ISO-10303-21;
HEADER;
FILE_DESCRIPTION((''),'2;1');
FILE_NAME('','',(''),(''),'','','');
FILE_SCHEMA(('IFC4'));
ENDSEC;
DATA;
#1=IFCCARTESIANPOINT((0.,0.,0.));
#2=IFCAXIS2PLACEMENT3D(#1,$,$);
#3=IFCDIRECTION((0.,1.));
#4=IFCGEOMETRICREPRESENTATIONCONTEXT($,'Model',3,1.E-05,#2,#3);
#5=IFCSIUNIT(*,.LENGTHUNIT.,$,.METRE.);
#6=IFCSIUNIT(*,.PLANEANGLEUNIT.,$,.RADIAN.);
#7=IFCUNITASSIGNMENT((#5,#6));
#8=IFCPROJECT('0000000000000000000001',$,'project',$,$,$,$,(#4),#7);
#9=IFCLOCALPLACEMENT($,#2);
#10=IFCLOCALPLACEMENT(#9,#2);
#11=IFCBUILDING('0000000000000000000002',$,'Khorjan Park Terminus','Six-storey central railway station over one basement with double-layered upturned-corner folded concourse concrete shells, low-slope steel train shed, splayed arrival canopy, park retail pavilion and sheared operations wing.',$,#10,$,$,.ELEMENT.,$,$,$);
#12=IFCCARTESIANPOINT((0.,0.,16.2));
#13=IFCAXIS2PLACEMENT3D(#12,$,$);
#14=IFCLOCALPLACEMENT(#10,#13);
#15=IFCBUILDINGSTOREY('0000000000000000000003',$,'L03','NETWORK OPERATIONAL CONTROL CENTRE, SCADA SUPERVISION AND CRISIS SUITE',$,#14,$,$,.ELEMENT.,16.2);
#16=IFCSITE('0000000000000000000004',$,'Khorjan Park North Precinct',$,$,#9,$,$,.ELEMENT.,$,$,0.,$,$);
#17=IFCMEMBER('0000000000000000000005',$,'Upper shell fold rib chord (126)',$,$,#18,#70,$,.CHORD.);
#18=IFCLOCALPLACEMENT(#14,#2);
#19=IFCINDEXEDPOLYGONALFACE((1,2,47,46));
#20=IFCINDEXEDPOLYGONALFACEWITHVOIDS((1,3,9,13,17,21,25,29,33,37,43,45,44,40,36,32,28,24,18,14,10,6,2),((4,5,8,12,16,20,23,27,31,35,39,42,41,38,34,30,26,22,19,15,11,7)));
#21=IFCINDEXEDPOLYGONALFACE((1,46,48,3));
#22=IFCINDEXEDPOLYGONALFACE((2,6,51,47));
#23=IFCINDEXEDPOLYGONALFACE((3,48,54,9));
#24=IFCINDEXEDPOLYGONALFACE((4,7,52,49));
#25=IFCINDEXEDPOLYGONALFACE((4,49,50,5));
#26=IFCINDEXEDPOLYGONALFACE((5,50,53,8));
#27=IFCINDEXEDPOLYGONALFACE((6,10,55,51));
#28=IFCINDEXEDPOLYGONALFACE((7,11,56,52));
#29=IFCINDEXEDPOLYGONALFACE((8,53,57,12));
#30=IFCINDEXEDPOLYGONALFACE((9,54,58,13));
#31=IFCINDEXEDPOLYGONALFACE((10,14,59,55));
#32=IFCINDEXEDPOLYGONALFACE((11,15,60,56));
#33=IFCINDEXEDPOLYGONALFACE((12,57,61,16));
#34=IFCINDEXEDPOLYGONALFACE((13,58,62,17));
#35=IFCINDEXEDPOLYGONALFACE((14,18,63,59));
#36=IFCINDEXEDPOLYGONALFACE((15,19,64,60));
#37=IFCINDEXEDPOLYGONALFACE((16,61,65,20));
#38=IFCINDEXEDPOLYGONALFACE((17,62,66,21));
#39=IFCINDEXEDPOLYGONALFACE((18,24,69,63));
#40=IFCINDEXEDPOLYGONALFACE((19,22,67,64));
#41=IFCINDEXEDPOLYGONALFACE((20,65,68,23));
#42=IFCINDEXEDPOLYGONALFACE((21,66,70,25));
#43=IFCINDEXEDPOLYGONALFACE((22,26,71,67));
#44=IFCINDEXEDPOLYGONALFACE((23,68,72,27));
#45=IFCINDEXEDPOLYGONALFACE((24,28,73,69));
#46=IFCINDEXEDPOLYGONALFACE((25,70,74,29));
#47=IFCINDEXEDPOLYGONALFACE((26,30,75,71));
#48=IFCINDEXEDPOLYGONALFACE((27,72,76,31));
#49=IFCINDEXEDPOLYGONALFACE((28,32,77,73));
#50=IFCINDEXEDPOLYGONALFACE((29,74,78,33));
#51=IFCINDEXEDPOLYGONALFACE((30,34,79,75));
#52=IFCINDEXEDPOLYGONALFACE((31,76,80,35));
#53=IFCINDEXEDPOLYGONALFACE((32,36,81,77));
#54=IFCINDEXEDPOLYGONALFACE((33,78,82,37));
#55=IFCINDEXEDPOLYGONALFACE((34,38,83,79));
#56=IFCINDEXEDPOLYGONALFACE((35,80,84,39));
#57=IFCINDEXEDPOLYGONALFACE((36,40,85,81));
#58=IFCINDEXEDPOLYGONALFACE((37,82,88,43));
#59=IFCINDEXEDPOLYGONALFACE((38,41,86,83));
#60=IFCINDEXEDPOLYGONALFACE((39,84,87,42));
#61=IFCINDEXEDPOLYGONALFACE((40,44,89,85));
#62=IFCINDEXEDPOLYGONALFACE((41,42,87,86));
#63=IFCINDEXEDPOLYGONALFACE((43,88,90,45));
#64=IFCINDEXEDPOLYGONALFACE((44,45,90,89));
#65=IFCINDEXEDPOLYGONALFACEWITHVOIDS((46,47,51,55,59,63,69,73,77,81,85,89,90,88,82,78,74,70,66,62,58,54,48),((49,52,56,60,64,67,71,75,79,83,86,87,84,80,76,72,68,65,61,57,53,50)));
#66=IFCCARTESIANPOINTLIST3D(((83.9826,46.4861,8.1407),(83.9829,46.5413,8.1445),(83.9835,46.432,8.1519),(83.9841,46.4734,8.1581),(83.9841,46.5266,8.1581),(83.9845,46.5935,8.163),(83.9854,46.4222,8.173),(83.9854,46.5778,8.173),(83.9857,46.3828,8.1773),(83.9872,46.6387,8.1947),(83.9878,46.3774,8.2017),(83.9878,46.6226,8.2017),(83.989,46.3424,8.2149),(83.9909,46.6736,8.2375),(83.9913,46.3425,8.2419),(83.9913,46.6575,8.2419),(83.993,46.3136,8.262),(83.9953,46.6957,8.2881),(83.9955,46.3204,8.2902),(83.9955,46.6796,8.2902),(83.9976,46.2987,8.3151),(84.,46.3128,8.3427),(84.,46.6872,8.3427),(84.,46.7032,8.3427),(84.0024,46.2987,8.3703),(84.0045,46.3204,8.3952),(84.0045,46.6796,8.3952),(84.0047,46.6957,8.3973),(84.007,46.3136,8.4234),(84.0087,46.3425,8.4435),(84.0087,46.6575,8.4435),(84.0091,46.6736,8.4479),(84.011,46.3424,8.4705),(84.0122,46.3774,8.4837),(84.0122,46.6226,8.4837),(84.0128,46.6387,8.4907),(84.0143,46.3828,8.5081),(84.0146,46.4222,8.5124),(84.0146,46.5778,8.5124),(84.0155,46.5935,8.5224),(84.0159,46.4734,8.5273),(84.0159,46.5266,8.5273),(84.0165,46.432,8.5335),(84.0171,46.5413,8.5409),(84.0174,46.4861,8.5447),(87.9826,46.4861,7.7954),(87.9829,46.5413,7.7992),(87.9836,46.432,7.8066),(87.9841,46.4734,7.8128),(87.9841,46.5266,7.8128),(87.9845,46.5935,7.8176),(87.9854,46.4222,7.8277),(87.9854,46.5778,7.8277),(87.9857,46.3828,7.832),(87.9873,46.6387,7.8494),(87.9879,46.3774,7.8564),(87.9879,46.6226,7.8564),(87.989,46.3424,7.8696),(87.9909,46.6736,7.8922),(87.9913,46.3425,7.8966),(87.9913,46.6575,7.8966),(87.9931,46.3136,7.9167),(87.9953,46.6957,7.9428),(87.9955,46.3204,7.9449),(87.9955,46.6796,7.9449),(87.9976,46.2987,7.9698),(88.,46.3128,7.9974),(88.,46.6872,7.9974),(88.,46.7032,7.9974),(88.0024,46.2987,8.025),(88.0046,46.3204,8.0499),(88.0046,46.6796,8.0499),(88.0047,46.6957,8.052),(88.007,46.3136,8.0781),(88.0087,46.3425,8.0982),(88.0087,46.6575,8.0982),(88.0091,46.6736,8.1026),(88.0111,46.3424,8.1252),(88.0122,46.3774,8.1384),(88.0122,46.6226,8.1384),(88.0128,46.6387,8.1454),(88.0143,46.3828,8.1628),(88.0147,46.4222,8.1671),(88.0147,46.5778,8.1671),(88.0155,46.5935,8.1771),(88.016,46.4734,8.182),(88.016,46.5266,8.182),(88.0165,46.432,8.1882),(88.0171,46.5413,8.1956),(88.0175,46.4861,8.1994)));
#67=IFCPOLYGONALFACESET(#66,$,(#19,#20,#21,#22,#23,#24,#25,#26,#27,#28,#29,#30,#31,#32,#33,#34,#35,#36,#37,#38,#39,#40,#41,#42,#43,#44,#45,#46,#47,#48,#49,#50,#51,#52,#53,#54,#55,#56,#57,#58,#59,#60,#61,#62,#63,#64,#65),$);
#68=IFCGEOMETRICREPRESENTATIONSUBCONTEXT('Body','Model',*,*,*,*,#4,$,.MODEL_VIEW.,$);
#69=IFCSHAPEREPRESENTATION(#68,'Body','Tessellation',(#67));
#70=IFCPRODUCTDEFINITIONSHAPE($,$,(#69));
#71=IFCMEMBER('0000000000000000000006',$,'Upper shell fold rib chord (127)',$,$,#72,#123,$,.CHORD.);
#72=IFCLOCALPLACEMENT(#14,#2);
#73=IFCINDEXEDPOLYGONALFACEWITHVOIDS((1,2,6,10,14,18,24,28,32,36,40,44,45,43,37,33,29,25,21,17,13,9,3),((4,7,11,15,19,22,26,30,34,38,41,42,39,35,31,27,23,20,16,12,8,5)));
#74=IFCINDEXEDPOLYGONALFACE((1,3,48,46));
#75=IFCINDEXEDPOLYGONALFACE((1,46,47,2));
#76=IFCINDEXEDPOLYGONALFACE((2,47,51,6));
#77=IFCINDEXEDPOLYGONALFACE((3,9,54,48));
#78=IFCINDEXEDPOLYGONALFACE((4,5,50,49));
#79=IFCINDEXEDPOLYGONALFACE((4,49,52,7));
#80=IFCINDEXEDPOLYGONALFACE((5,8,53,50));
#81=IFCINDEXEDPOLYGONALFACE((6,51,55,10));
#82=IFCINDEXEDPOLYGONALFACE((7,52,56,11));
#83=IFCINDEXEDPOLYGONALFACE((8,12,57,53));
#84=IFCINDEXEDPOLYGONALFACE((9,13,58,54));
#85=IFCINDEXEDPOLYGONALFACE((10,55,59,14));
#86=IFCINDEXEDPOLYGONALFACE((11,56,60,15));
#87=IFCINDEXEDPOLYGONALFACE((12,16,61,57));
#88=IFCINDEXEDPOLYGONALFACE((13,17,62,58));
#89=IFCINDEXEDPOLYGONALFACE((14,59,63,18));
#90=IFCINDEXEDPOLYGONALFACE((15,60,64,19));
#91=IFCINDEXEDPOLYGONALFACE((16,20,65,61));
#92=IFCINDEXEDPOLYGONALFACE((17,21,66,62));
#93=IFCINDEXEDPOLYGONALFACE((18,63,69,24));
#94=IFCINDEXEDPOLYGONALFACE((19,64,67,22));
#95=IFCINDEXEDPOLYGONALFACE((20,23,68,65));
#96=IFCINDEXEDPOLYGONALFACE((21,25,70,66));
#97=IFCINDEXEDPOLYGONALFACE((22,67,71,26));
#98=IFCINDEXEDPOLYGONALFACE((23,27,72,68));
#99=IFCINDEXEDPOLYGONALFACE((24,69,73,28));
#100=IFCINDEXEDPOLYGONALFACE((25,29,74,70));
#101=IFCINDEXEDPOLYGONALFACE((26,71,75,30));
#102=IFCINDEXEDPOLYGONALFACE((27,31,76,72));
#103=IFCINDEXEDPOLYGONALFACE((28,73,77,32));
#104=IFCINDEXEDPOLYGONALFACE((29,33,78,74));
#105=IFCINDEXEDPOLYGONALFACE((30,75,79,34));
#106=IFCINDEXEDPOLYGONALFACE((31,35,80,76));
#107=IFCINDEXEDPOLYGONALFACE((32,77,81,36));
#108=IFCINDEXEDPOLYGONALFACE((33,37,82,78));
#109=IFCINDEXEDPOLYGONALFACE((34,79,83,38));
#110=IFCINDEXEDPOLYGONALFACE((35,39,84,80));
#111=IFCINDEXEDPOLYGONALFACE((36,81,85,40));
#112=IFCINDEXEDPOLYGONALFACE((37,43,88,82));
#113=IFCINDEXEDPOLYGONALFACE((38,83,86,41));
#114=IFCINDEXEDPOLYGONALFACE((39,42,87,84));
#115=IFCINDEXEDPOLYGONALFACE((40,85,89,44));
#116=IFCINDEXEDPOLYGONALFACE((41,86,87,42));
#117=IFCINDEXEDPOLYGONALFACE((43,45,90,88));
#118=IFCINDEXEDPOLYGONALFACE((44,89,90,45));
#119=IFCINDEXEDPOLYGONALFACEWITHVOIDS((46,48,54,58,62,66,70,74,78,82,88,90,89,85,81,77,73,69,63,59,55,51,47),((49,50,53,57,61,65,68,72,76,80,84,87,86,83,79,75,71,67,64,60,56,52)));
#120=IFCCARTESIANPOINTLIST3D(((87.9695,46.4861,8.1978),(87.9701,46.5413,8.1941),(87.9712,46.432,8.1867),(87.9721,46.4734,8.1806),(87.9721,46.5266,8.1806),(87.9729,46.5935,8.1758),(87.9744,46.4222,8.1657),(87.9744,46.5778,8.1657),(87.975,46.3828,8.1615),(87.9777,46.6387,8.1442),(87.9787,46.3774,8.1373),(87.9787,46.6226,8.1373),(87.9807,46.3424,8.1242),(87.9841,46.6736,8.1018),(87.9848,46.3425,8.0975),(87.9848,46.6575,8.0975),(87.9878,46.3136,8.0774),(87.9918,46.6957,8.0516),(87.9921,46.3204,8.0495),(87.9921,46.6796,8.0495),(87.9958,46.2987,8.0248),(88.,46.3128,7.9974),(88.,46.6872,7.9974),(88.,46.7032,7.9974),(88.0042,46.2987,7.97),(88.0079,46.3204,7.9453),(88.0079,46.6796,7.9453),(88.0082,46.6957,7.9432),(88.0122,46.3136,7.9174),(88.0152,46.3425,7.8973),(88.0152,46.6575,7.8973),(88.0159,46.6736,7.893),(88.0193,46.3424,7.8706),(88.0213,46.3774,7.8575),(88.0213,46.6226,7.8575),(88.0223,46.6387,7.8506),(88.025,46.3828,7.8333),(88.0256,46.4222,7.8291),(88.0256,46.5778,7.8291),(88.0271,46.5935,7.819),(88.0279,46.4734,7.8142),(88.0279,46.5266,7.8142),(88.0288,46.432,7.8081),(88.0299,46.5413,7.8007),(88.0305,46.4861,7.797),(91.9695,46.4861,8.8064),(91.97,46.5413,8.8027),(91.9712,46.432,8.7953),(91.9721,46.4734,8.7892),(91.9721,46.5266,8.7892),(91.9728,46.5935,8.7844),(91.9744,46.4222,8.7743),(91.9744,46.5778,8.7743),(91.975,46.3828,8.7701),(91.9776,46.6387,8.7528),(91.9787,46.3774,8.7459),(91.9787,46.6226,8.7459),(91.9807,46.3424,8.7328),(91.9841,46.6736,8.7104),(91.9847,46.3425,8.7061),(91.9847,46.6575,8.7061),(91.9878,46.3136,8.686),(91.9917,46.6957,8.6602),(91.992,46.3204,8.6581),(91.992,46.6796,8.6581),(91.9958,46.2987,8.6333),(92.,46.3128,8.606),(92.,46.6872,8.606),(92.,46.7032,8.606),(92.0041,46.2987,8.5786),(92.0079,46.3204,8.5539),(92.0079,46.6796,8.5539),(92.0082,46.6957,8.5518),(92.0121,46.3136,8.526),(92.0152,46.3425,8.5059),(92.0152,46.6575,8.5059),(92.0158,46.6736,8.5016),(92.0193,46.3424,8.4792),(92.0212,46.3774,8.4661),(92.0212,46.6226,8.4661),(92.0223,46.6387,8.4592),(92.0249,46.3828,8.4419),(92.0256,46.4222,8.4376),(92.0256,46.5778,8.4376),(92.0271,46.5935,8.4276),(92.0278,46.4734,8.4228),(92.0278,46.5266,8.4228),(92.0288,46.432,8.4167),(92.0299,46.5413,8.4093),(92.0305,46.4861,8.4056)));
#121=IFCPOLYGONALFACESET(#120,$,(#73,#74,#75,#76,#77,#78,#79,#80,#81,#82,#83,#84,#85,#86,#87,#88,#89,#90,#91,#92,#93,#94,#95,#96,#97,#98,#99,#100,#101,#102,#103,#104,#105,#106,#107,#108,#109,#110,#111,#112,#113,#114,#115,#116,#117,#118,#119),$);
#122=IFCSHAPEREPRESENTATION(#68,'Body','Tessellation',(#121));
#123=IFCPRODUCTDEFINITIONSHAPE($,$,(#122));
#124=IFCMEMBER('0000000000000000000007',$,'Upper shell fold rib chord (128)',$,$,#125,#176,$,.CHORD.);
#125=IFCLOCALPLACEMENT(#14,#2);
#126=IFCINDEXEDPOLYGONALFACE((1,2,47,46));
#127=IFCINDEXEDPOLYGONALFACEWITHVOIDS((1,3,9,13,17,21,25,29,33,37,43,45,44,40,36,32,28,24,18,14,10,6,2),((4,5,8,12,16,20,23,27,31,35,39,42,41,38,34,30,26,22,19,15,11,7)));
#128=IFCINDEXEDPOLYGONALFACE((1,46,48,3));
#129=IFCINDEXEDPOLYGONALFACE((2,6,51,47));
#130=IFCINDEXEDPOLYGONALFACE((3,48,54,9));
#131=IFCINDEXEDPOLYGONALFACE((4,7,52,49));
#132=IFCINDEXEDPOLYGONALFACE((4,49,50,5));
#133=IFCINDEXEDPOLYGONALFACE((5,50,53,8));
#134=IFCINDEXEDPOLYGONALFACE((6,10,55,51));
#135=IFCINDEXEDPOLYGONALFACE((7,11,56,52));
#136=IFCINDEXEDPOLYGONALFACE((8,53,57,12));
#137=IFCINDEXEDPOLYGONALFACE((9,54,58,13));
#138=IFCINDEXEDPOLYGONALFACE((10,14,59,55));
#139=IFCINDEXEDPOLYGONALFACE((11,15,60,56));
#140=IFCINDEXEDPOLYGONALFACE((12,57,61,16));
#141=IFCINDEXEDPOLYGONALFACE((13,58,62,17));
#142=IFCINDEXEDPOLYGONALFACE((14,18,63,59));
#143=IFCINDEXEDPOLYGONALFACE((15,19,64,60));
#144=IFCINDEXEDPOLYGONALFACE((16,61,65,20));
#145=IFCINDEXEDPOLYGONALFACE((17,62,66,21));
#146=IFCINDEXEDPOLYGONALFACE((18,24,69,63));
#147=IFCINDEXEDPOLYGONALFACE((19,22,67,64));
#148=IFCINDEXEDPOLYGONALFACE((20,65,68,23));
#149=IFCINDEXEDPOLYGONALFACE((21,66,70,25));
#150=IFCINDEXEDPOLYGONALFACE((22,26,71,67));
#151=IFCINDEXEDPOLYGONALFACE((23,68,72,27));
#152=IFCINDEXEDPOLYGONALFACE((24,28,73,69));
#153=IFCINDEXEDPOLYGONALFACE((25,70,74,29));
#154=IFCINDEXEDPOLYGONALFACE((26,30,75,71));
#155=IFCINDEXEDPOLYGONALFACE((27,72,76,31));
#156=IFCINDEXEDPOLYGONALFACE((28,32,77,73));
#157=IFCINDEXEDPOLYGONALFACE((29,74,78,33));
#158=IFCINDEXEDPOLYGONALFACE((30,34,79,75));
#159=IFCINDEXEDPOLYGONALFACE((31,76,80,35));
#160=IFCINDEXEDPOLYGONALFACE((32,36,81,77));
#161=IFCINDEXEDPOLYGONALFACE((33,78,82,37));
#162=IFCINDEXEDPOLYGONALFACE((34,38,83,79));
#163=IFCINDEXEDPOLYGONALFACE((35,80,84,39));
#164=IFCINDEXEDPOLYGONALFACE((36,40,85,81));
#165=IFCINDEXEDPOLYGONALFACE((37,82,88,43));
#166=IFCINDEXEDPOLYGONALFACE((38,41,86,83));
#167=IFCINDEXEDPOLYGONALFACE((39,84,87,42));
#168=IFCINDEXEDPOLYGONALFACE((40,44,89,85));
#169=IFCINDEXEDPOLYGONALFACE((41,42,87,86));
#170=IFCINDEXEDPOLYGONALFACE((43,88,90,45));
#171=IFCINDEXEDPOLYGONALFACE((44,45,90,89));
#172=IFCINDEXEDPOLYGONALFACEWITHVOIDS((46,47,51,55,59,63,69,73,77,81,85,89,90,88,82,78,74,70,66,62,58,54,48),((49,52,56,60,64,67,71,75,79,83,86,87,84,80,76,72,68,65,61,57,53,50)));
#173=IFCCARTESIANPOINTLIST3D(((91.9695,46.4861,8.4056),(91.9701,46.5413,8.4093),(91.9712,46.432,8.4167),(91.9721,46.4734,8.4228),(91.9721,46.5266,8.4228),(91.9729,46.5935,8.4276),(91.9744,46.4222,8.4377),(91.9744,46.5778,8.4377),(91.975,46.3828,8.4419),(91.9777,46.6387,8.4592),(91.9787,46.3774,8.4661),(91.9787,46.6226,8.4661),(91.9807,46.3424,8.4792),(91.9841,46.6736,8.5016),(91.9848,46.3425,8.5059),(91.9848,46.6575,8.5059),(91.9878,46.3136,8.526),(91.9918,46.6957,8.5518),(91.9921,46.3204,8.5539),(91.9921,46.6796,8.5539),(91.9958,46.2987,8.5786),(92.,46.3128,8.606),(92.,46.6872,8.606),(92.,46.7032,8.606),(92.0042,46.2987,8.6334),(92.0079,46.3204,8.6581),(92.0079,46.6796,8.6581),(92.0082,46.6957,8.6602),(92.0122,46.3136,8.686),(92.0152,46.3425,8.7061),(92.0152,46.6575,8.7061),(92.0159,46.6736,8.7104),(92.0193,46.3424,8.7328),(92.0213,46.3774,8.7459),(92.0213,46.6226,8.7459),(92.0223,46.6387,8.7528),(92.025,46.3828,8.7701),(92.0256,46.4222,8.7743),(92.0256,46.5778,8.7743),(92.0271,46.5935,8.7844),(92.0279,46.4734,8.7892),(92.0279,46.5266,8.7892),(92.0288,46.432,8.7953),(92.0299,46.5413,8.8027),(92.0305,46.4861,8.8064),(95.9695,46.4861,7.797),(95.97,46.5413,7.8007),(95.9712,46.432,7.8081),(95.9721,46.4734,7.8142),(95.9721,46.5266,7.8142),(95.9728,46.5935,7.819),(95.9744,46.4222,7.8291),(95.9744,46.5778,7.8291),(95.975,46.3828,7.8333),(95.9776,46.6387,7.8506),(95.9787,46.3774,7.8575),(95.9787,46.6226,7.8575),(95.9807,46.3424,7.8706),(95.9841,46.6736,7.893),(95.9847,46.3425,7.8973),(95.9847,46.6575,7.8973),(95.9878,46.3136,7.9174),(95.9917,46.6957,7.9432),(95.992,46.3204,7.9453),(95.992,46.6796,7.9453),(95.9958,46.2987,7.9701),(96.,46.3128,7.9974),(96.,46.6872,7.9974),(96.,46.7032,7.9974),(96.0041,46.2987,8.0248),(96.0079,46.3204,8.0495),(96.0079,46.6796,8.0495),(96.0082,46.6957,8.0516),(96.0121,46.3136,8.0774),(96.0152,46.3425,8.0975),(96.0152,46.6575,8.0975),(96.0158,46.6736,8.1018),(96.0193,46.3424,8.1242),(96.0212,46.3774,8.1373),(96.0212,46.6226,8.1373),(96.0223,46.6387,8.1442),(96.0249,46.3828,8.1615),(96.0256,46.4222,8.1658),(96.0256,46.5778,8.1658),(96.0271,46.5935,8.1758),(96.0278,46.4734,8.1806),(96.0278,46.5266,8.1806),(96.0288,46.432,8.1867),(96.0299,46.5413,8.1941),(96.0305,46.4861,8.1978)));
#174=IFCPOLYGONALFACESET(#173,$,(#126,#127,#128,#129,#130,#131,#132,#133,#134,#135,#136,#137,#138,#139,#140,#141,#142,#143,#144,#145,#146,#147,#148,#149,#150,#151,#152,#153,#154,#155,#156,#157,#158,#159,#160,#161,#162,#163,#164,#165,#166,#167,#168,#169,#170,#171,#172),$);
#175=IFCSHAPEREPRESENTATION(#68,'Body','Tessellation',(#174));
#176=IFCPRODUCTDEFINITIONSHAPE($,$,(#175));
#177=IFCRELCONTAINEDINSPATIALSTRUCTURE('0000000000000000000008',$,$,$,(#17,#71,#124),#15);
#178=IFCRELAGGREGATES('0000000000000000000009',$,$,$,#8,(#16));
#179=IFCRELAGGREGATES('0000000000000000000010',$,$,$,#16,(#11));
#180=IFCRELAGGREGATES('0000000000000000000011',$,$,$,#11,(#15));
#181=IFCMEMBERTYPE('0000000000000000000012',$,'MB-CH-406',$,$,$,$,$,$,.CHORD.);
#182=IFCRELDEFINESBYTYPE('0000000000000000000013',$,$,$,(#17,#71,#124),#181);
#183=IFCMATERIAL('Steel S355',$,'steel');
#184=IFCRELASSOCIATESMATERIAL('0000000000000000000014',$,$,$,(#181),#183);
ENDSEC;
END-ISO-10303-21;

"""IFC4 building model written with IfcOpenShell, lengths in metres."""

from ifc_helpers import new_model, si_unit, direction, frame, origin, origin_2d, place, context, subcontext, project, spatial, hollow_circle, extrude, material, material_profile, profile_set, type_object, element, save


model = new_model("IFC4")

# Units and contexts
model_context = context("Model", 3, precision=1e-05, world=origin(), true_north=direction((0.0, 1.0)))
body_context = subcontext(model_context, "Body", "Model", "MODEL_VIEW")
ifc_project = project(units=[si_unit("LENGTHUNIT", "METRE"), si_unit("PLANEANGLEUNIT", "RADIAN")], contexts=[model_context])

# Site, building, storey
site_placement = place(None, origin())
site = spatial("IfcSite", under=ifc_project, at=site_placement, Name="Khorjan Park North Precinct", CompositionType="ELEMENT", RefElevation=0.0)
building_placement = place(site_placement, origin())
building = spatial("IfcBuilding", under=site, at=building_placement, Name="Khorjan Park Terminus", Description="Six-storey central railway station over one basement with double-layered upturned-corner folded concourse concrete shells, low-slope steel train shed, splayed arrival canopy, park retail pavilion and sheared operations wing.", CompositionType="ELEMENT")
storey_placement = place(building_placement, frame((0.0, 0.0, 16.2)))
storey = spatial("IfcBuildingStorey", under=building, at=storey_placement, Name="L03", Description="NETWORK OPERATIONAL CONTROL CENTRE, SCADA SUPERVISION AND CRISIS SUITE", CompositionType="ELEMENT", Elevation=16.2)

# Members
ifc_material = material(Name="Steel S355", Category="steel")
ifc_material_profile_1 = material_profile(ifc_material, hollow_circle(Radius=0.2032, WallThickness=0.016, at=origin_2d()), Name="CHS 406.4x16")
ifc_profile_set_1 = profile_set([ifc_material_profile_1], Name="Steel S355")
member_type_1 = type_object("IfcMemberType", Name="MB-CH-406", PredefinedType="CHORD", material=ifc_profile_set_1)
member_1_placement = place(storey_placement, frame((84.0, 46.5, 8.3427), z_axis=(0.996295, 0.0, -0.086005), x_axis=(0.0, 1.0, 0.0)))
element("IfcMember", 1, at=member_1_placement, inside=storey, type_object=member_type_1, Name="Upper shell fold rib chord (126)", PredefinedType="CHORD", context=body_context, shape_type="SweptSolid", body=[
    extrude(hollow_circle(Radius=0.2032, WallThickness=0.016, at=origin_2d()), origin(), (0.0, 0.0, 1.0), 4.0149),
])
for number, where, z_axis, x_axis, name in (
    (2, (88.0, 46.5, 7.9974), (0.988622, 0.0, 0.150419), (0.0, 1.0, 0.0), "Upper shell fold rib chord (127)"),
    (3, (92.0, 46.5, 8.606), (0.988622, 0.0, -0.150419), (0.0, 1.0, 0.0), "Upper shell fold rib chord (128)"),
):
    element("IfcMember", number, at=place(storey_placement, frame(where, z_axis=z_axis, x_axis=x_axis)), inside=storey, type_object=member_type_1, Name=name, PredefinedType="CHORD", context=body_context, shape_type="SweptSolid", body=[
        extrude(hollow_circle(Radius=0.2032, WallThickness=0.016, at=origin_2d()), origin(), (0.0, 0.0, 1.0), 4.046),
    ])

save(model, "model.ifc")
